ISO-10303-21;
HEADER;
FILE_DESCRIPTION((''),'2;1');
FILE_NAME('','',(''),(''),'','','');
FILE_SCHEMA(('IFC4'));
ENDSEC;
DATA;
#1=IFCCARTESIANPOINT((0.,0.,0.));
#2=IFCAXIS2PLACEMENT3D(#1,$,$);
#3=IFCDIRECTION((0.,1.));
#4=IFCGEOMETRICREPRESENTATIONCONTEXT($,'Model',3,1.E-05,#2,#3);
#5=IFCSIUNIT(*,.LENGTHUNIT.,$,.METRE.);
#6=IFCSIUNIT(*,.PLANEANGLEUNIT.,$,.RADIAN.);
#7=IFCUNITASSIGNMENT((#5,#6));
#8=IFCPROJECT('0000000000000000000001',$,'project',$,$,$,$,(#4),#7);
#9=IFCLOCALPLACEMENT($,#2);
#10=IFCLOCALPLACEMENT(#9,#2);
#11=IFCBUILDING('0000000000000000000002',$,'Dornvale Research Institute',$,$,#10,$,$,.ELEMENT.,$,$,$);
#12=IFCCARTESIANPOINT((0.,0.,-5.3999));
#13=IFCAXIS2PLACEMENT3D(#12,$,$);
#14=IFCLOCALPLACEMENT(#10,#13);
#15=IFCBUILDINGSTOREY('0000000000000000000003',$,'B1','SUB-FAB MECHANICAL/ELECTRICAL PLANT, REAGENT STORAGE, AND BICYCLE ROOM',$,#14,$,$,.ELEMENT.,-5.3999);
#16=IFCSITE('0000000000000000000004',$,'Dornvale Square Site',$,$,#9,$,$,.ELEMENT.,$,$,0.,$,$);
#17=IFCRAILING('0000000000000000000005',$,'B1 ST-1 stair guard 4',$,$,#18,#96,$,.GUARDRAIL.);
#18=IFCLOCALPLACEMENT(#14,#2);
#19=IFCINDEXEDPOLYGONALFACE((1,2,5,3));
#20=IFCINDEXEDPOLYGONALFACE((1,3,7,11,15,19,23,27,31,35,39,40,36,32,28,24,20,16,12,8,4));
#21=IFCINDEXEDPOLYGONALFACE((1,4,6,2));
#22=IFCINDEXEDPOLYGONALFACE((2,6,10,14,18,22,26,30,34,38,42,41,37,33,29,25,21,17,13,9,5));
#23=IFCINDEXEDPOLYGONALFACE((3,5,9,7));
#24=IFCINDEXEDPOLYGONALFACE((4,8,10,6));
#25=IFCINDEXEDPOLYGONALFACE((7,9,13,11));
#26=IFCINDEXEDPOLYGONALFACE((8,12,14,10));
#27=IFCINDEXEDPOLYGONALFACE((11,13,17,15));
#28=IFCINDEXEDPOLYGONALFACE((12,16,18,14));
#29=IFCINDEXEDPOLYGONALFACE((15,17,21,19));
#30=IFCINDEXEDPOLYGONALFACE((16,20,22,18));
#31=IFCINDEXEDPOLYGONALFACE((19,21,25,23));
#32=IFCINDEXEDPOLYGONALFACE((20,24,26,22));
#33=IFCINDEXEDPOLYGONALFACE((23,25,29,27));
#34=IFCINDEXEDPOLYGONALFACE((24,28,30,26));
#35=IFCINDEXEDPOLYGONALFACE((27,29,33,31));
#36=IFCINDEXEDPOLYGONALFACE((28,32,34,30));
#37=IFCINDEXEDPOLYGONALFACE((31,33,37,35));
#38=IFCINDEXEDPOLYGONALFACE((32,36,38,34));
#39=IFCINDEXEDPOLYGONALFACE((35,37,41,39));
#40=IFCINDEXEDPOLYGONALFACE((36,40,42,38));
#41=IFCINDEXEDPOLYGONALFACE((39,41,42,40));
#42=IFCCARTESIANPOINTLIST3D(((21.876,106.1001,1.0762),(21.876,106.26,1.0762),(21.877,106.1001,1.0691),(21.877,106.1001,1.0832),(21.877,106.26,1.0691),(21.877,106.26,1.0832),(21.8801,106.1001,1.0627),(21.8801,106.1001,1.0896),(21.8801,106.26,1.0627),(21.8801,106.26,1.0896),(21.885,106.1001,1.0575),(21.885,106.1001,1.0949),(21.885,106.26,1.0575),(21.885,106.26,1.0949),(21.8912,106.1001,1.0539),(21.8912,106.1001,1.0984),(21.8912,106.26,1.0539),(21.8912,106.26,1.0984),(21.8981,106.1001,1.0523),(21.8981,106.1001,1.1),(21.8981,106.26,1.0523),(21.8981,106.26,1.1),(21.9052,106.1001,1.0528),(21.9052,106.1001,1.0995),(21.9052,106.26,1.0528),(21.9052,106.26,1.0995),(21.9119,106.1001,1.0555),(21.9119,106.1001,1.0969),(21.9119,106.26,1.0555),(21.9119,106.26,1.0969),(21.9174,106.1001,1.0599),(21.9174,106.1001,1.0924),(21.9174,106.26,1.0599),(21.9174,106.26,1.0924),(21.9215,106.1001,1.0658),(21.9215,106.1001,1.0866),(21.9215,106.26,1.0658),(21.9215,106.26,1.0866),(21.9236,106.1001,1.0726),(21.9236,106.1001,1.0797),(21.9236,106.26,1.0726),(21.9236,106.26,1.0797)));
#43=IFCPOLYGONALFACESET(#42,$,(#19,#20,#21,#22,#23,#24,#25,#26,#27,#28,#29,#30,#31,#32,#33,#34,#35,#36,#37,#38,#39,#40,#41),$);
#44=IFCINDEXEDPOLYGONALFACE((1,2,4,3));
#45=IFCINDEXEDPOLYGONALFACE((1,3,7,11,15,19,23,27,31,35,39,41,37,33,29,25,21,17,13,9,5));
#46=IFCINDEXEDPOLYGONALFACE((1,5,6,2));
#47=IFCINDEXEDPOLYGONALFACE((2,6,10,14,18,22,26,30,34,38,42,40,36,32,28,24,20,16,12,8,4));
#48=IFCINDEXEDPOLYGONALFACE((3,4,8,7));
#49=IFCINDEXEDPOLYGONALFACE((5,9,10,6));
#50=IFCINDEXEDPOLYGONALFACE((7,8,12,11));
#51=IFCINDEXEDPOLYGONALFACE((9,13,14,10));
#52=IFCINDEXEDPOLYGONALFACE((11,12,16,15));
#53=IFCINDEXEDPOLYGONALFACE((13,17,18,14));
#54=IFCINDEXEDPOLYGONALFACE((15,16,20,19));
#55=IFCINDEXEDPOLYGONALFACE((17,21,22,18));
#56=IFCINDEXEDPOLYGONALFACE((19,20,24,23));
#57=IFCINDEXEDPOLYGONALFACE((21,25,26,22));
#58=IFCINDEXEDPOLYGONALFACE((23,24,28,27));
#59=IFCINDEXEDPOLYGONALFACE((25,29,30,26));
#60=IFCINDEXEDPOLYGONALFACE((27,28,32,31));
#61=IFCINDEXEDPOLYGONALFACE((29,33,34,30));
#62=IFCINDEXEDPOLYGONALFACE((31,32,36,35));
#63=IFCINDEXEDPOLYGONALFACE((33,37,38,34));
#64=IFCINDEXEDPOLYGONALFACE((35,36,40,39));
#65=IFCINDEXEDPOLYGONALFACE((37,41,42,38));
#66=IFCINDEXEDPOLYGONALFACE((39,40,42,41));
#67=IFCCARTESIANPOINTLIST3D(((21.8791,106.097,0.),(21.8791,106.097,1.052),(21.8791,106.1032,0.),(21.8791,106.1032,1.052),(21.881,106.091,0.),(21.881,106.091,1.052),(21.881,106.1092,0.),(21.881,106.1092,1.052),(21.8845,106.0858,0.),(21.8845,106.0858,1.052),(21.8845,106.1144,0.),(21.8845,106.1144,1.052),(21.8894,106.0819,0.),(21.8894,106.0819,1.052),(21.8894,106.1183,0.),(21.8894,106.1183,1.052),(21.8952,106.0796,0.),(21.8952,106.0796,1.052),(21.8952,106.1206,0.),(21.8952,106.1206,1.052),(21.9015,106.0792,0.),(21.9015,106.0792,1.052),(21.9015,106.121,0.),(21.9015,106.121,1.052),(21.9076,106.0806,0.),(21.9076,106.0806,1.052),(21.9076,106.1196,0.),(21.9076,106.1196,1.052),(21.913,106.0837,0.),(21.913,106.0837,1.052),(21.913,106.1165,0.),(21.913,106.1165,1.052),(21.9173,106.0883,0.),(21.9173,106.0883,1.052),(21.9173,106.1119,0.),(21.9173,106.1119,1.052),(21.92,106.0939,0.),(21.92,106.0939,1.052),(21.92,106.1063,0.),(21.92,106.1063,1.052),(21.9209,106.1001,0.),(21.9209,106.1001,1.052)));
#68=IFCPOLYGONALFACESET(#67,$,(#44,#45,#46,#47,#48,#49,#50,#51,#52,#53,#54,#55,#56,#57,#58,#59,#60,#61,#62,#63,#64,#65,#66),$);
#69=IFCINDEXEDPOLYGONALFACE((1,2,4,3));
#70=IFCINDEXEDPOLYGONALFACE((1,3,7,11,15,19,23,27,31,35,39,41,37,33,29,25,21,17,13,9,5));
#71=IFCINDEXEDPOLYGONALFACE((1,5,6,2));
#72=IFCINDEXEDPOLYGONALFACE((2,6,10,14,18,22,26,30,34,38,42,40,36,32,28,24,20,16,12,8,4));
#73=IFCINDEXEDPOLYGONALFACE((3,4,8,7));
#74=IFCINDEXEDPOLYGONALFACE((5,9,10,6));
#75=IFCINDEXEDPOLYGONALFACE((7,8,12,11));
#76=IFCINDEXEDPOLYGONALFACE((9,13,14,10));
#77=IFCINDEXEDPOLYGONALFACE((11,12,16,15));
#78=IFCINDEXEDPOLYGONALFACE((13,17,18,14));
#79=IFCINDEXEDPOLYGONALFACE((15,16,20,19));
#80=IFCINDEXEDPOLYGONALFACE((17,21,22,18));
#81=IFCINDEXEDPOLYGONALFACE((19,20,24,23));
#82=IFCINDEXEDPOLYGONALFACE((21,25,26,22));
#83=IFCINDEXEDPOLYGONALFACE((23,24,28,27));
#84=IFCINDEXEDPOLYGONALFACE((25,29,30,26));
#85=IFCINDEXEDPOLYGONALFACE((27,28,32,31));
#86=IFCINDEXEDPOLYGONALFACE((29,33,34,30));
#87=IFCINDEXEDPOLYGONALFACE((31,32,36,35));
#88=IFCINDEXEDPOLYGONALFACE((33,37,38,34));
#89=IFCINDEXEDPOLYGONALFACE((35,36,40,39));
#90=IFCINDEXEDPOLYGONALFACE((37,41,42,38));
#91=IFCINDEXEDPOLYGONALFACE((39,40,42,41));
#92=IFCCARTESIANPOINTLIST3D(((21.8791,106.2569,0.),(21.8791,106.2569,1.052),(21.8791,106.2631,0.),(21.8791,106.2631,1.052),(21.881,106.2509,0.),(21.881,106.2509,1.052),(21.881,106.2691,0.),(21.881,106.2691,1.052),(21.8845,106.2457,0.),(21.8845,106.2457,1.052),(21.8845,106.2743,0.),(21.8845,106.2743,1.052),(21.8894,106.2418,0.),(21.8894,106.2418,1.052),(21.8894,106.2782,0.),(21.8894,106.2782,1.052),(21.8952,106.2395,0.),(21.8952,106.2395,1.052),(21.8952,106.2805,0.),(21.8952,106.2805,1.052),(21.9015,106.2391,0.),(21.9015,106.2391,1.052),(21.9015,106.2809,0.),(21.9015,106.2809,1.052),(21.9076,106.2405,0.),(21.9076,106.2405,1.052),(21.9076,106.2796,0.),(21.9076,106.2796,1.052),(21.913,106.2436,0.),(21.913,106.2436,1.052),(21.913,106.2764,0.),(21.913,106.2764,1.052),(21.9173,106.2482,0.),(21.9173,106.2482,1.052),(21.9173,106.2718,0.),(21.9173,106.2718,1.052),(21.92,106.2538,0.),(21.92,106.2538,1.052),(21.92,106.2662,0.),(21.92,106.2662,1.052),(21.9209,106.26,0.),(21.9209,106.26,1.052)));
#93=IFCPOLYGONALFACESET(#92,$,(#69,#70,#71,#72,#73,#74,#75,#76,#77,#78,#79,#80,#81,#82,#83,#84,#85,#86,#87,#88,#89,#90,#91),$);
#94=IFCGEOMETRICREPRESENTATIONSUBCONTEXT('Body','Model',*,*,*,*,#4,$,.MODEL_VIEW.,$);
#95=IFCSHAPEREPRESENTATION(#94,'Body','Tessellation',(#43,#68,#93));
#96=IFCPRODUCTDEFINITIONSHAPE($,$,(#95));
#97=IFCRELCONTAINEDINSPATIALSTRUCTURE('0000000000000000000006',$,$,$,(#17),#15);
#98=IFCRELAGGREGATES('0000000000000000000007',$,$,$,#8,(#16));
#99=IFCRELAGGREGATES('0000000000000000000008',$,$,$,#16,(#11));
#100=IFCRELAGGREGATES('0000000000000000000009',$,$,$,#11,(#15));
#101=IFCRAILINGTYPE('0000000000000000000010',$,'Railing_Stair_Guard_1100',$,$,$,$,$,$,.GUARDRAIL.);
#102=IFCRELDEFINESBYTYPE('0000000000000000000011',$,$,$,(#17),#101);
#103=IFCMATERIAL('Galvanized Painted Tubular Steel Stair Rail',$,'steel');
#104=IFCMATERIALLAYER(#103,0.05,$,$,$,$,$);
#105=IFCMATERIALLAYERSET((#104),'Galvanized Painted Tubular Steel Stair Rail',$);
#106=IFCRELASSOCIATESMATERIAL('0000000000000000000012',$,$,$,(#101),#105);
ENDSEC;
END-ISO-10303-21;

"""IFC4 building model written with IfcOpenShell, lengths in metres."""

from ifc_helpers import new_model, si_unit, direction, frame, origin, origin_2d, place, context, subcontext, project, spatial, circle, extrude, material, layer, layer_set, type_object, element, save


model = new_model("IFC4")

# Units and contexts
model_context = context("Model", 3, precision=1e-05, world=origin(), true_north=direction((0.0, 1.0)))
body_context = subcontext(model_context, "Body", "Model", "MODEL_VIEW")
ifc_project = project(units=[si_unit("LENGTHUNIT", "METRE"), si_unit("PLANEANGLEUNIT", "RADIAN")], contexts=[model_context])

# Site, building, storey
site_placement = place(None, origin())
site = spatial("IfcSite", under=ifc_project, at=site_placement, Name="Dornvale Square Site", CompositionType="ELEMENT", RefElevation=0.0)
building_placement = place(site_placement, origin())
building = spatial("IfcBuilding", under=site, at=building_placement, Name="Dornvale Research Institute", CompositionType="ELEMENT")
storey_placement = place(building_placement, frame((0.0, 0.0, -5.3999)))
storey = spatial("IfcBuildingStorey", under=building, at=storey_placement, Name="B1", Description="SUB-FAB MECHANICAL/ELECTRICAL PLANT, REAGENT STORAGE, AND BICYCLE ROOM", CompositionType="ELEMENT", Elevation=-5.3999)

# Railing
ifc_material_1 = material(Name="Galvanized Painted Tubular Steel Stair Rail", Category="steel")
ifc_layer_1 = layer(ifc_material_1, 0.05)
ifc_layer_set_1 = layer_set([ifc_layer_1], Name="Galvanized Painted Tubular Steel Stair Rail")
railing_type_1 = type_object("IfcRailingType", Name="Railing_Stair_Guard_1100", PredefinedType="GUARDRAIL", material=ifc_layer_set_1)
railing_1_placement = place(storey_placement, frame((21.8999, 106.1001, 0.0)))
element("IfcRailing", 1, at=railing_1_placement, inside=storey, type_object=railing_type_1, Name="B1 ST-1 stair guard 4", PredefinedType="GUARDRAIL", context=body_context, shape_type="SweptSolid", body=[
    extrude(circle(Radius=0.0239, at=origin_2d()), frame((0.0, 0.0, 1.0762), z_axis=(0.0, 1.0, 0.0), x_axis=(-1.0, 0.0, 0.0)), (0.0, 0.0, 1.0), 0.1599),
    extrude(circle(Radius=0.021, at=origin_2d()), origin(), (0.0, 0.0, 1.0), 1.052),
    extrude(circle(Radius=0.021, at=origin_2d()), frame((0.0, 0.1599, 0.0)), (0.0, 0.0, 1.0), 1.052),
])

save(model, "model.ifc")
